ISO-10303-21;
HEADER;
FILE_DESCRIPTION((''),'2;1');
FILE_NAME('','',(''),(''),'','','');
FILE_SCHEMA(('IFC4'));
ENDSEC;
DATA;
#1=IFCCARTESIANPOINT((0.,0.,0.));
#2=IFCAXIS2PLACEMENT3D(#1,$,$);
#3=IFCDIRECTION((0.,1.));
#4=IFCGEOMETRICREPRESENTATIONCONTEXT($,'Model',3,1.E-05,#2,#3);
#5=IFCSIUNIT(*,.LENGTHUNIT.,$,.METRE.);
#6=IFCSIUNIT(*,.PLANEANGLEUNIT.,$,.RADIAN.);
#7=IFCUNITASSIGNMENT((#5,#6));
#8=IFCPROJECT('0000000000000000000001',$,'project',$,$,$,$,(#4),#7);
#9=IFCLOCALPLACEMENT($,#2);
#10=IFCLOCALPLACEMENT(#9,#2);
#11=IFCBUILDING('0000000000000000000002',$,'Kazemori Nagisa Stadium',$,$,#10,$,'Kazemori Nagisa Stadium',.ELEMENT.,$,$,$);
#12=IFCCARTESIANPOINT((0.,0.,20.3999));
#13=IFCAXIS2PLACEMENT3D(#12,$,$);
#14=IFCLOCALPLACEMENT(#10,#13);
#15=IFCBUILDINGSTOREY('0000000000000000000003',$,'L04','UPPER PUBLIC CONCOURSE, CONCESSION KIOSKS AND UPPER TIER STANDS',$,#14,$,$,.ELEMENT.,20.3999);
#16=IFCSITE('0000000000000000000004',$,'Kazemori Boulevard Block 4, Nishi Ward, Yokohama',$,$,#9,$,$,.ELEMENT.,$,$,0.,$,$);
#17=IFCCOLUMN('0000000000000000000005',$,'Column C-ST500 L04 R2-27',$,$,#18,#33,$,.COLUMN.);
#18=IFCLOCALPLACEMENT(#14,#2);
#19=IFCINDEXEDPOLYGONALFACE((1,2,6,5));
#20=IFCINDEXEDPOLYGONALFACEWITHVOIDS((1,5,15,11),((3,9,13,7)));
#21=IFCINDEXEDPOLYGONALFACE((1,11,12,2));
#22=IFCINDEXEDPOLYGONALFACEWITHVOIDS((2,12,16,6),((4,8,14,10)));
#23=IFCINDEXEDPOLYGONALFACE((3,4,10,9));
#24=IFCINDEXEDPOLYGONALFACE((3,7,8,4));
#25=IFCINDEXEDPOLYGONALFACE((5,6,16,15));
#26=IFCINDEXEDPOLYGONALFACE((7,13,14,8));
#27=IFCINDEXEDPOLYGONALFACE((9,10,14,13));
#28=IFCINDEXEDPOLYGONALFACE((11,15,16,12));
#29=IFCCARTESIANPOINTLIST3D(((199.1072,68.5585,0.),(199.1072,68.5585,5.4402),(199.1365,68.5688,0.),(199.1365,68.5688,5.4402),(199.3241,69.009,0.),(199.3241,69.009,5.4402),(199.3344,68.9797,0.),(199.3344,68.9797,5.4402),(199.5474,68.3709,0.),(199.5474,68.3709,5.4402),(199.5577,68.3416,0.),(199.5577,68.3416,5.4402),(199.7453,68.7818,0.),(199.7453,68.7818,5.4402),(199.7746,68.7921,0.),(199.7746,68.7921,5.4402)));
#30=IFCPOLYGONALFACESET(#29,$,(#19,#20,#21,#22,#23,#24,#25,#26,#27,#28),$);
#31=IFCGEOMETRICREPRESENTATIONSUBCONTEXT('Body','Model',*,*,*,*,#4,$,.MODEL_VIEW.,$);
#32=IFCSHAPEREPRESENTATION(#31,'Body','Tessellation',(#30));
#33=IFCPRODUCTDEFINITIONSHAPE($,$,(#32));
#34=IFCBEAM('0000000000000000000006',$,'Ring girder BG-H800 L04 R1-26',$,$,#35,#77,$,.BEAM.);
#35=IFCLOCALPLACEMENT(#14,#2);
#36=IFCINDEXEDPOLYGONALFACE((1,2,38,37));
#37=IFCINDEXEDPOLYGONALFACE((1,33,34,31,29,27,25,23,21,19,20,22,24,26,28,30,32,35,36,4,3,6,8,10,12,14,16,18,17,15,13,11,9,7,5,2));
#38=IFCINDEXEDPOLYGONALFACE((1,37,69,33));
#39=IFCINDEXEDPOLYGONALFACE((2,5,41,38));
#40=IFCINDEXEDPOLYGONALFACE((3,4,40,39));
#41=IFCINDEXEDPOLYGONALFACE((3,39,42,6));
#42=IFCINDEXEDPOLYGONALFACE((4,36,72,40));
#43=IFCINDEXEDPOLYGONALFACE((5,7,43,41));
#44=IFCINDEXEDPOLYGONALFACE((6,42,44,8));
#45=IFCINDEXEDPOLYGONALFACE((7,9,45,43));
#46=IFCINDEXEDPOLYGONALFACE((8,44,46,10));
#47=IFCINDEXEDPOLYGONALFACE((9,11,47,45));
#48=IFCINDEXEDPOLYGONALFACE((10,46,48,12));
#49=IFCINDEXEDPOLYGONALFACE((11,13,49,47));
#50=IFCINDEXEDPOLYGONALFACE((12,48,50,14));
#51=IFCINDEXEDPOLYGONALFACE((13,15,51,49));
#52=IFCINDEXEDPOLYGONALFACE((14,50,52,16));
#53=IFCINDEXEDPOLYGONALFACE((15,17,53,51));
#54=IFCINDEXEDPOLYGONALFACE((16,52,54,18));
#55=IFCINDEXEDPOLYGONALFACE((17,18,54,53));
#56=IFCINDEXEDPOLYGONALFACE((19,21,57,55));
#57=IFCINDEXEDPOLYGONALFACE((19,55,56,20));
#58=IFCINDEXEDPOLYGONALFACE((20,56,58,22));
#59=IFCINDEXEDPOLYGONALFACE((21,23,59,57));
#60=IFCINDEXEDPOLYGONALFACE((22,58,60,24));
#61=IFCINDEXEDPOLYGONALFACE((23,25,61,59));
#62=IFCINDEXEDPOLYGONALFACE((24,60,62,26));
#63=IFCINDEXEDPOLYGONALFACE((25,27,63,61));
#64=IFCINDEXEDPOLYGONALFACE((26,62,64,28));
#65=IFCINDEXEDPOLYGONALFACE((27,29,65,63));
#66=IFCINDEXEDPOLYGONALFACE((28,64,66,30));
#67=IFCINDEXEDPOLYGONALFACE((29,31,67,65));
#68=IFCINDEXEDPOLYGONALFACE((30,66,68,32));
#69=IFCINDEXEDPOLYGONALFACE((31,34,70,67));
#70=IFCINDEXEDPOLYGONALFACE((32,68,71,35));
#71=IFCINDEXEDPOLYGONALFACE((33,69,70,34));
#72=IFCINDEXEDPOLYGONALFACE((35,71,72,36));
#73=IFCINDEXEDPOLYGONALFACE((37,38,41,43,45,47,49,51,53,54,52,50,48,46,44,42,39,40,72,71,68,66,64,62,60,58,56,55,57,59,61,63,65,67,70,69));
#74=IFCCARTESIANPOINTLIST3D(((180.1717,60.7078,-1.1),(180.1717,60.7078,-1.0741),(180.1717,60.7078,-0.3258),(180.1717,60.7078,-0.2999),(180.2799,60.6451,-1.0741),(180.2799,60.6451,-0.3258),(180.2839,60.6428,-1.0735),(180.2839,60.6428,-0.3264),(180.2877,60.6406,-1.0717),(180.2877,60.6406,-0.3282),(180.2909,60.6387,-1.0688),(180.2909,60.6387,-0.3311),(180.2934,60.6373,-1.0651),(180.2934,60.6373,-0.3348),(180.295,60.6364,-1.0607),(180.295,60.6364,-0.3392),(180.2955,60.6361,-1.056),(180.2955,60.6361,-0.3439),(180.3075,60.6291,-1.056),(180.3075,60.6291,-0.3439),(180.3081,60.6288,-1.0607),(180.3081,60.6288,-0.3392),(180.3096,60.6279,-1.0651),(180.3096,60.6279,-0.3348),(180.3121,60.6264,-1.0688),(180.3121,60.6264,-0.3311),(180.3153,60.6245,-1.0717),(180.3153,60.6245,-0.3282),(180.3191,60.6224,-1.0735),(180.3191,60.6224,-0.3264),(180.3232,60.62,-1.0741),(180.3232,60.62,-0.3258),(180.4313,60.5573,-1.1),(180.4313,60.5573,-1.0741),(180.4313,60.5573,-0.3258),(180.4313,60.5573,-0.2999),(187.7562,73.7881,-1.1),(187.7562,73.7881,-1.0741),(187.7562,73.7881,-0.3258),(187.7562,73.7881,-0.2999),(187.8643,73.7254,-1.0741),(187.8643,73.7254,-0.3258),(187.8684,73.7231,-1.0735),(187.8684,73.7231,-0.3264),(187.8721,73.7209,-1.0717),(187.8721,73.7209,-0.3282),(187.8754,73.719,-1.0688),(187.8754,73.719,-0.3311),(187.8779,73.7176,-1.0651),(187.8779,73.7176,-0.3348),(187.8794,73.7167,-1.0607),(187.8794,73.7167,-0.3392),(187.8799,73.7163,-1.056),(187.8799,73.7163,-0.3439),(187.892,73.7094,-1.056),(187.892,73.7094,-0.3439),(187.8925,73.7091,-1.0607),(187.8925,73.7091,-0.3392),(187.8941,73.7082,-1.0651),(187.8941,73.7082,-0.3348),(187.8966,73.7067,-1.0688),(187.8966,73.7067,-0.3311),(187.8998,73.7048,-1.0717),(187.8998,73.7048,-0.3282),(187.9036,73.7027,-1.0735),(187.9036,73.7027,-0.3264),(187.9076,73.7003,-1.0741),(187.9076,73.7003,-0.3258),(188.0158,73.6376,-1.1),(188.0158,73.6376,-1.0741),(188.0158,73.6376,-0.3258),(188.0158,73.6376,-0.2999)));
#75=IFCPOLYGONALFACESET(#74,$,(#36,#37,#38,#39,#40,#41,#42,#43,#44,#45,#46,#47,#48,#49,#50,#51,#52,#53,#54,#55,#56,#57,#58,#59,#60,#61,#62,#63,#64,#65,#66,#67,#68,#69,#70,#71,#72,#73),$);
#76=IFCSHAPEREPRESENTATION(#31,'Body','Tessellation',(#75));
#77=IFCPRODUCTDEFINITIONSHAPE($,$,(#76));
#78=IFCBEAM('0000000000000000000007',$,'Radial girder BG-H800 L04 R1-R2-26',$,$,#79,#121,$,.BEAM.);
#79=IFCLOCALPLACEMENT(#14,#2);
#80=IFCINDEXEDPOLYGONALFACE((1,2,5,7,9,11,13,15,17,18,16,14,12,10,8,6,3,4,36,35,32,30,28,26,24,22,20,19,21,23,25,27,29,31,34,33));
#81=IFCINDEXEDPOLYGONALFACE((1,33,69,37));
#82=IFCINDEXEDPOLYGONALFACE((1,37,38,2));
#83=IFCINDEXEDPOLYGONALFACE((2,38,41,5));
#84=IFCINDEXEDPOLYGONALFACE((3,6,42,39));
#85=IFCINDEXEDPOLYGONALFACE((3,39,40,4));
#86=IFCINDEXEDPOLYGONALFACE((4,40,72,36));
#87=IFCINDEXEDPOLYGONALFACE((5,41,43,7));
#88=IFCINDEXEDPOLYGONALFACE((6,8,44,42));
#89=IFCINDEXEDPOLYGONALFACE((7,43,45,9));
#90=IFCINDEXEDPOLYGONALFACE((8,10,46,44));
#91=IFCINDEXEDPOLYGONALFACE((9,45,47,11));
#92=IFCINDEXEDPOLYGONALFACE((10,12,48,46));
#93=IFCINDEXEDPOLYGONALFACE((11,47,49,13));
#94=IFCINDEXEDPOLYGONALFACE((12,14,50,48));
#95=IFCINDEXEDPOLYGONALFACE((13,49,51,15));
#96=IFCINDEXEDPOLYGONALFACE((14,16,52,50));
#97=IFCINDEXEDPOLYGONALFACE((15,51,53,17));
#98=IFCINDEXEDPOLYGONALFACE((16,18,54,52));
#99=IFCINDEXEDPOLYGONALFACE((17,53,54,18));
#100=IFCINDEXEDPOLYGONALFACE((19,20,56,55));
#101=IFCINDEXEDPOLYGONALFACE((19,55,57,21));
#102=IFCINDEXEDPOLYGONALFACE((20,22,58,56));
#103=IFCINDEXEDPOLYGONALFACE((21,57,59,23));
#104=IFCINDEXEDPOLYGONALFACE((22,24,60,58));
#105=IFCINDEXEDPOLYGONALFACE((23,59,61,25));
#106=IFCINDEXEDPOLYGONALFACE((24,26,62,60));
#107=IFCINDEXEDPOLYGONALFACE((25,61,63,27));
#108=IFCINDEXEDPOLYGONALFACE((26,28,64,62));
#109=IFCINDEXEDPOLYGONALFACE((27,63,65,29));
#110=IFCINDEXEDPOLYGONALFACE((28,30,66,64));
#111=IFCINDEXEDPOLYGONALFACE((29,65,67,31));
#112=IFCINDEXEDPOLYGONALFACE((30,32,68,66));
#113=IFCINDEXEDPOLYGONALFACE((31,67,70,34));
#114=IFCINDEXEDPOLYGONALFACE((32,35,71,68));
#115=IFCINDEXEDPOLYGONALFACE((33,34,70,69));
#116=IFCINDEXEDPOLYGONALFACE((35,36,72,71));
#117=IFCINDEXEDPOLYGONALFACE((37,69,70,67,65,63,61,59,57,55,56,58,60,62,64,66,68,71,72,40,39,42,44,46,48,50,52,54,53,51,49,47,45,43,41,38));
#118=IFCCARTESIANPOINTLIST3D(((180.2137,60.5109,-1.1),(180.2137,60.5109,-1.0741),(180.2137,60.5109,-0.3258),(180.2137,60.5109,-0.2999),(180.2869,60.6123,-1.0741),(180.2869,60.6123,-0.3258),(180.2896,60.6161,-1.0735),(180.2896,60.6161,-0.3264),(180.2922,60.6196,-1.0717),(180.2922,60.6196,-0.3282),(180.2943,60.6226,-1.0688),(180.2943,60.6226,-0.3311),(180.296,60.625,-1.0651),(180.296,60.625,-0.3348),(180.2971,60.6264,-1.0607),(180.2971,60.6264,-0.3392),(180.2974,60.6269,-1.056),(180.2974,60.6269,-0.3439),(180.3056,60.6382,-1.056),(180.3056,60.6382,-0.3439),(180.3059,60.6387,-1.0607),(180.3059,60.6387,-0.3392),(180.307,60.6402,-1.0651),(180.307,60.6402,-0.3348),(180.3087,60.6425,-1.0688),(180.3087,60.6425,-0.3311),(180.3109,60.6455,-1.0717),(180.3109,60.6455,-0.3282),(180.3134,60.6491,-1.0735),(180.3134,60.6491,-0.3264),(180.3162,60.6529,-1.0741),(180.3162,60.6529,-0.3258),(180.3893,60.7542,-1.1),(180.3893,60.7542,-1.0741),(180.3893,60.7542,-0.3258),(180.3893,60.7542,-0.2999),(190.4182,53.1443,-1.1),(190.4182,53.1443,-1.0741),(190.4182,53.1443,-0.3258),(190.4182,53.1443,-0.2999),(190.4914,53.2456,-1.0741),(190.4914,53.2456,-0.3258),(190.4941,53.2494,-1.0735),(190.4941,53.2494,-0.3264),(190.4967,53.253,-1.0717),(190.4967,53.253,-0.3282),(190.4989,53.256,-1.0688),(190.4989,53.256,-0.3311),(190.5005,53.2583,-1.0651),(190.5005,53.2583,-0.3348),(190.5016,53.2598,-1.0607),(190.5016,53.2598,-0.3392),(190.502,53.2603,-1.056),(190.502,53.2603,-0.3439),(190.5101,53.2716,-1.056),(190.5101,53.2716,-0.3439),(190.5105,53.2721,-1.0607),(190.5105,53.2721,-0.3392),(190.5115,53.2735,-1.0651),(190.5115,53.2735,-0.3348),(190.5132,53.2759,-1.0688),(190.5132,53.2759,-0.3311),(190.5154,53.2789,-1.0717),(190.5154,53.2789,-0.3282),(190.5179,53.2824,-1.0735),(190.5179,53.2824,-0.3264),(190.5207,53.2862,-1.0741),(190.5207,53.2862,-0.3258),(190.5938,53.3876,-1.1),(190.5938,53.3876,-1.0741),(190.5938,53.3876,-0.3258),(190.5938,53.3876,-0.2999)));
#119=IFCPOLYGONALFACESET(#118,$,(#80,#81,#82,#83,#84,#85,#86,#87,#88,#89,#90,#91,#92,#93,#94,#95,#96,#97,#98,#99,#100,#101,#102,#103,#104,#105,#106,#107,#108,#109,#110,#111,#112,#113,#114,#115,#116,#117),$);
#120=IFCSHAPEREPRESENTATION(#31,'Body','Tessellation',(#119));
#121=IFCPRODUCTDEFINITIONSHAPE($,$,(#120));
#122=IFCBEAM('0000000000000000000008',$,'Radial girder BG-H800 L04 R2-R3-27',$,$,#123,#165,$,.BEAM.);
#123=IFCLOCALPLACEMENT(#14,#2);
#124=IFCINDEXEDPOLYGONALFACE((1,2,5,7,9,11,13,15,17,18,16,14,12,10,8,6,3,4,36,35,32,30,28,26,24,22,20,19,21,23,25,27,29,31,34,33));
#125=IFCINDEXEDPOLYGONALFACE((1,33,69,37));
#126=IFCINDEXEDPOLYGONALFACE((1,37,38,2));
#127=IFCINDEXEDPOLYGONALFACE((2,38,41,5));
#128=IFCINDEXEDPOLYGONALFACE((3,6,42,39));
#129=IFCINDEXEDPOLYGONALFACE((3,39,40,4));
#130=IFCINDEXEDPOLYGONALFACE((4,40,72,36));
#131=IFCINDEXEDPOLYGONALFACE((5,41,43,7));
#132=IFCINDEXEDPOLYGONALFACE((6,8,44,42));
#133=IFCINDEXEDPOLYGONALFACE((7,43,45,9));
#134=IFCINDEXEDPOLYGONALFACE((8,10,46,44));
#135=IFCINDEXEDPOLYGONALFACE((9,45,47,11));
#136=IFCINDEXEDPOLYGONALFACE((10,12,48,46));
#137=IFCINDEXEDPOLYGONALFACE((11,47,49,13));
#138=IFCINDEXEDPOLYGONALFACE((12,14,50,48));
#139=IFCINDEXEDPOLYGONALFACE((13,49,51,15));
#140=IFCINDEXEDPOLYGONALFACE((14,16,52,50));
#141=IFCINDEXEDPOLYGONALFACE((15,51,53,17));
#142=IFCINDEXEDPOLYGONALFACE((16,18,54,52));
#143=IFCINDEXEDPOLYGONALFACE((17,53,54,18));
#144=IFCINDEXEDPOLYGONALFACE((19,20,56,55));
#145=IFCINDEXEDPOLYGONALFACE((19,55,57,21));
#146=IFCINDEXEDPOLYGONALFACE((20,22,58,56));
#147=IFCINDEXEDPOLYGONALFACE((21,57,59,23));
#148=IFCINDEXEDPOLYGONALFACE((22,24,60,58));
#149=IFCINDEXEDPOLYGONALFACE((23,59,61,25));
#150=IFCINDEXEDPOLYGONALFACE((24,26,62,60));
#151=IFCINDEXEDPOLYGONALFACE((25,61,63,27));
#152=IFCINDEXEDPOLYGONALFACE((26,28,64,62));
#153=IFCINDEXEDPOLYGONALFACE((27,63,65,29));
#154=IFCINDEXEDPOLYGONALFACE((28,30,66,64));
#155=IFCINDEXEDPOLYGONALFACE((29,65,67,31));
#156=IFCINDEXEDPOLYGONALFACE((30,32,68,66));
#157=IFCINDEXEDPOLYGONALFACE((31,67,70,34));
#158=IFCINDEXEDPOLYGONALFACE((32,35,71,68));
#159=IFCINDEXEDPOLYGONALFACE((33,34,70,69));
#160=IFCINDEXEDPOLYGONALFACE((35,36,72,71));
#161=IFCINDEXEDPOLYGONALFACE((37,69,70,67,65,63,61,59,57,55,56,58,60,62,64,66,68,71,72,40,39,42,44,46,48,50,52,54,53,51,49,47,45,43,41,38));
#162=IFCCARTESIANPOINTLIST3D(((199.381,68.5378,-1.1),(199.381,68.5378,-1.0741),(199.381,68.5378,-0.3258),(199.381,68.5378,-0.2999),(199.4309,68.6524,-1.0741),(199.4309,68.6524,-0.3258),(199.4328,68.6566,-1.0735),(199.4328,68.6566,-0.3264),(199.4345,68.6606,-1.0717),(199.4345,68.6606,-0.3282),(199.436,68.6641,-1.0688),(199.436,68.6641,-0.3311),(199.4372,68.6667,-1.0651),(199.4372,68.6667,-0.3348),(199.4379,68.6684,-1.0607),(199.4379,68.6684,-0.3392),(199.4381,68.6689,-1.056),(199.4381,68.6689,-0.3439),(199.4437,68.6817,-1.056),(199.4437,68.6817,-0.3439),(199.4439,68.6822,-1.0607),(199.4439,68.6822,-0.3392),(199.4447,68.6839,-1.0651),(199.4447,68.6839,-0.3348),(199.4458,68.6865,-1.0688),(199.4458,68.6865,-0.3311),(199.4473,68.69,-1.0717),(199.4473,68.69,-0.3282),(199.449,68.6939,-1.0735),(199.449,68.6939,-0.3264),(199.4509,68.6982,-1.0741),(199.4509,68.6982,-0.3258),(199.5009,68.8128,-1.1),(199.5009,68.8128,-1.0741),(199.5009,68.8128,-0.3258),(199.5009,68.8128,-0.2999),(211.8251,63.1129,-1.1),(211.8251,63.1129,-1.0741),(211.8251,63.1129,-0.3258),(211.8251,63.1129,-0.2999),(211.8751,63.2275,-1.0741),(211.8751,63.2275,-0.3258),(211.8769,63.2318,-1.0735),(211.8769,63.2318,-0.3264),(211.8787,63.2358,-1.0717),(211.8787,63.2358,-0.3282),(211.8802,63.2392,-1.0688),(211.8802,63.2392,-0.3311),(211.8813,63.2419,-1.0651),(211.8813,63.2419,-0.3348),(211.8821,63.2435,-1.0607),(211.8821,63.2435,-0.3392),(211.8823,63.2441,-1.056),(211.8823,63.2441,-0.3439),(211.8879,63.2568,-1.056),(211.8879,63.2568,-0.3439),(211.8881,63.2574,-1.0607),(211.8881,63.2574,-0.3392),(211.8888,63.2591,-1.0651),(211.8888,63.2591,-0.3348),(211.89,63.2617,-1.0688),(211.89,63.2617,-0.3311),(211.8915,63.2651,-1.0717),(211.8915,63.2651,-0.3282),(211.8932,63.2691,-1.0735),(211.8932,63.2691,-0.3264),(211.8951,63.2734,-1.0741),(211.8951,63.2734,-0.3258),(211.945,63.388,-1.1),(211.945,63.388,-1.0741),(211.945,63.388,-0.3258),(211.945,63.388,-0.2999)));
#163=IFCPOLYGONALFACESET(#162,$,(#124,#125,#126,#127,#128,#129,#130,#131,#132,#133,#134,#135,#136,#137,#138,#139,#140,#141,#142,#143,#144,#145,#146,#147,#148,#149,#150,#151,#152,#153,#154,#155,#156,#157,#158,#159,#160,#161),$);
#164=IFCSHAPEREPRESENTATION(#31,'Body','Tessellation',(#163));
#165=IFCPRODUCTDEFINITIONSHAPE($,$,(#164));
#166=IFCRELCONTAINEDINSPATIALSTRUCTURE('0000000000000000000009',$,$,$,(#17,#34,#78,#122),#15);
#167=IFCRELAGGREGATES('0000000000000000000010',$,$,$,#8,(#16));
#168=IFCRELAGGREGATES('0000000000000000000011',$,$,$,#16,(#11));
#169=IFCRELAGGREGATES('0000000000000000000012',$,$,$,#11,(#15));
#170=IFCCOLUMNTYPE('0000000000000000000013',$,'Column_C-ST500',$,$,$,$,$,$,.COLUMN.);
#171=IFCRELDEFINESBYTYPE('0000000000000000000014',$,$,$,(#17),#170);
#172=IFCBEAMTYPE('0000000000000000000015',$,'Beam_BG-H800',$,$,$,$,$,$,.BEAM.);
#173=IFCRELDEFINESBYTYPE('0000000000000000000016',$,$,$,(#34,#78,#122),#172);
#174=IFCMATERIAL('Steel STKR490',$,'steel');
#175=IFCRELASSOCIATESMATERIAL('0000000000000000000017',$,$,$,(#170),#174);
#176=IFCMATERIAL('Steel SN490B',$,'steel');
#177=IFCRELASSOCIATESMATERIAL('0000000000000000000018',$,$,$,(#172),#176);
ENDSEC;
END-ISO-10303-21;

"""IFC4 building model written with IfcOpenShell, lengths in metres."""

from ifc_helpers import new_model, si_unit, direction, frame, origin, origin_2d, place, context, subcontext, project, spatial, hollow_rectangle, i_section, extrude, material, material_profile, profile_set, type_object, element, save


model = new_model("IFC4")

# Units and contexts
model_context = context("Model", 3, precision=1e-05, world=origin(), true_north=direction((0.0, 1.0)))
body_context = subcontext(model_context, "Body", "Model", "MODEL_VIEW")
ifc_project = project(units=[si_unit("LENGTHUNIT", "METRE"), si_unit("PLANEANGLEUNIT", "RADIAN")], contexts=[model_context])

# Site, building, storey
site_placement = place(None, origin())
site = spatial("IfcSite", under=ifc_project, at=site_placement, Name="Kazemori Boulevard Block 4, Nishi Ward, Yokohama", CompositionType="ELEMENT", RefElevation=0.0)
building_placement = place(site_placement, origin())
building = spatial("IfcBuilding", under=site, at=building_placement, Name="Kazemori Nagisa Stadium", LongName="Kazemori Nagisa Stadium", CompositionType="ELEMENT")
storey_placement = place(building_placement, frame((0.0, 0.0, 20.3999)))
storey = spatial("IfcBuildingStorey", under=building, at=storey_placement, Name="L04", Description="UPPER PUBLIC CONCOURSE, CONCESSION KIOSKS AND UPPER TIER STANDS", CompositionType="ELEMENT", Elevation=20.3999)

# Column
ifc_material_1 = material(Name="Steel STKR490", Category="steel")
ifc_material_profile_1 = material_profile(ifc_material_1, hollow_rectangle(XDim=0.5, YDim=0.5, WallThickness=0.022, at=origin_2d()), Name="SHS-500x500x22")
ifc_profile_set_1 = profile_set([ifc_material_profile_1], Name="Steel STKR490")
column_type = type_object("IfcColumnType", Name="Column_C-ST500", PredefinedType="COLUMN", material=ifc_profile_set_1)
column_placement = place(storey_placement, frame((199.4409, 68.6753, 0.0), z_axis=(0.0, 0.0, 1.0), x_axis=(0.900969, -0.433884, 0.0)))
element("IfcColumn", 1, at=column_placement, inside=storey, type_object=column_type, Name="Column C-ST500 L04 R2-27", PredefinedType="COLUMN", context=body_context, shape_type="SweptSolid", body=[
    extrude(hollow_rectangle(XDim=0.5, YDim=0.5, WallThickness=0.022, at=origin_2d()), origin(), (0.0, 0.0, 1.0), 5.4402),
])

# Beams
ifc_material_2 = material(Name="Steel SN490B", Category="steel")
ifc_material_profile_2 = material_profile(ifc_material_2, i_section(OverallWidth=0.3, OverallDepth=0.8, WebThickness=0.0139, FlangeThickness=0.0259, FilletRadius=0.0181, at=origin_2d()), Name="H-800x300x14x26")
ifc_profile_set_2 = profile_set([ifc_material_profile_2], Name="Steel SN490B")
beam_type_1 = type_object("IfcBeamType", Name="Beam_BG-H800", PredefinedType="BEAM", material=ifc_profile_set_2)
beam_1_placement = place(storey_placement, frame((180.3015, 60.6326, -0.7), z_axis=(0.501613, 0.865092, 0.0), x_axis=(-0.865092, 0.501613, 0.0)))
element("IfcBeam", 2, at=beam_1_placement, inside=storey, type_object=beam_type_1, Name="Ring girder BG-H800 L04 R1-26", PredefinedType="BEAM", context=body_context, shape_type="SweptSolid", body=[
    extrude(i_section(OverallWidth=0.3, OverallDepth=0.8, WebThickness=0.0139, FlangeThickness=0.0259, FilletRadius=0.0181, at=origin_2d()), origin(), (0.0, 0.0, 1.0), 15.1201),
])
beam_2_placement = place(storey_placement, frame((180.3015, 60.6326, -0.7), z_axis=(0.810803, -0.585319, 0.0), x_axis=(0.585319, 0.810803, 0.0)))
element("IfcBeam", 3, at=beam_2_placement, inside=storey, type_object=beam_type_1, Name="Radial girder BG-H800 L04 R1-R2-26", PredefinedType="BEAM", context=body_context, shape_type="SweptSolid", body=[
    extrude(i_section(OverallWidth=0.3, OverallDepth=0.8, WebThickness=0.0139, FlangeThickness=0.0259, FilletRadius=0.0181, at=origin_2d()), origin(), (0.0, 0.0, 1.0), 12.5857),
])
beam_3_placement = place(storey_placement, frame((199.4409, 68.6753, -0.7), z_axis=(0.916684, -0.399614, 0.0), x_axis=(0.399614, 0.916684, 0.0)))
element("IfcBeam", 4, at=beam_3_placement, inside=storey, type_object=beam_type_1, Name="Radial girder BG-H800 L04 R2-R3-27", PredefinedType="BEAM", context=body_context, shape_type="SweptSolid", body=[
    extrude(i_section(OverallWidth=0.3, OverallDepth=0.8, WebThickness=0.0139, FlangeThickness=0.0259, FilletRadius=0.0181, at=origin_2d()), origin(), (0.0, 0.0, 1.0), 13.5752),
])

save(model, "model.ifc")
